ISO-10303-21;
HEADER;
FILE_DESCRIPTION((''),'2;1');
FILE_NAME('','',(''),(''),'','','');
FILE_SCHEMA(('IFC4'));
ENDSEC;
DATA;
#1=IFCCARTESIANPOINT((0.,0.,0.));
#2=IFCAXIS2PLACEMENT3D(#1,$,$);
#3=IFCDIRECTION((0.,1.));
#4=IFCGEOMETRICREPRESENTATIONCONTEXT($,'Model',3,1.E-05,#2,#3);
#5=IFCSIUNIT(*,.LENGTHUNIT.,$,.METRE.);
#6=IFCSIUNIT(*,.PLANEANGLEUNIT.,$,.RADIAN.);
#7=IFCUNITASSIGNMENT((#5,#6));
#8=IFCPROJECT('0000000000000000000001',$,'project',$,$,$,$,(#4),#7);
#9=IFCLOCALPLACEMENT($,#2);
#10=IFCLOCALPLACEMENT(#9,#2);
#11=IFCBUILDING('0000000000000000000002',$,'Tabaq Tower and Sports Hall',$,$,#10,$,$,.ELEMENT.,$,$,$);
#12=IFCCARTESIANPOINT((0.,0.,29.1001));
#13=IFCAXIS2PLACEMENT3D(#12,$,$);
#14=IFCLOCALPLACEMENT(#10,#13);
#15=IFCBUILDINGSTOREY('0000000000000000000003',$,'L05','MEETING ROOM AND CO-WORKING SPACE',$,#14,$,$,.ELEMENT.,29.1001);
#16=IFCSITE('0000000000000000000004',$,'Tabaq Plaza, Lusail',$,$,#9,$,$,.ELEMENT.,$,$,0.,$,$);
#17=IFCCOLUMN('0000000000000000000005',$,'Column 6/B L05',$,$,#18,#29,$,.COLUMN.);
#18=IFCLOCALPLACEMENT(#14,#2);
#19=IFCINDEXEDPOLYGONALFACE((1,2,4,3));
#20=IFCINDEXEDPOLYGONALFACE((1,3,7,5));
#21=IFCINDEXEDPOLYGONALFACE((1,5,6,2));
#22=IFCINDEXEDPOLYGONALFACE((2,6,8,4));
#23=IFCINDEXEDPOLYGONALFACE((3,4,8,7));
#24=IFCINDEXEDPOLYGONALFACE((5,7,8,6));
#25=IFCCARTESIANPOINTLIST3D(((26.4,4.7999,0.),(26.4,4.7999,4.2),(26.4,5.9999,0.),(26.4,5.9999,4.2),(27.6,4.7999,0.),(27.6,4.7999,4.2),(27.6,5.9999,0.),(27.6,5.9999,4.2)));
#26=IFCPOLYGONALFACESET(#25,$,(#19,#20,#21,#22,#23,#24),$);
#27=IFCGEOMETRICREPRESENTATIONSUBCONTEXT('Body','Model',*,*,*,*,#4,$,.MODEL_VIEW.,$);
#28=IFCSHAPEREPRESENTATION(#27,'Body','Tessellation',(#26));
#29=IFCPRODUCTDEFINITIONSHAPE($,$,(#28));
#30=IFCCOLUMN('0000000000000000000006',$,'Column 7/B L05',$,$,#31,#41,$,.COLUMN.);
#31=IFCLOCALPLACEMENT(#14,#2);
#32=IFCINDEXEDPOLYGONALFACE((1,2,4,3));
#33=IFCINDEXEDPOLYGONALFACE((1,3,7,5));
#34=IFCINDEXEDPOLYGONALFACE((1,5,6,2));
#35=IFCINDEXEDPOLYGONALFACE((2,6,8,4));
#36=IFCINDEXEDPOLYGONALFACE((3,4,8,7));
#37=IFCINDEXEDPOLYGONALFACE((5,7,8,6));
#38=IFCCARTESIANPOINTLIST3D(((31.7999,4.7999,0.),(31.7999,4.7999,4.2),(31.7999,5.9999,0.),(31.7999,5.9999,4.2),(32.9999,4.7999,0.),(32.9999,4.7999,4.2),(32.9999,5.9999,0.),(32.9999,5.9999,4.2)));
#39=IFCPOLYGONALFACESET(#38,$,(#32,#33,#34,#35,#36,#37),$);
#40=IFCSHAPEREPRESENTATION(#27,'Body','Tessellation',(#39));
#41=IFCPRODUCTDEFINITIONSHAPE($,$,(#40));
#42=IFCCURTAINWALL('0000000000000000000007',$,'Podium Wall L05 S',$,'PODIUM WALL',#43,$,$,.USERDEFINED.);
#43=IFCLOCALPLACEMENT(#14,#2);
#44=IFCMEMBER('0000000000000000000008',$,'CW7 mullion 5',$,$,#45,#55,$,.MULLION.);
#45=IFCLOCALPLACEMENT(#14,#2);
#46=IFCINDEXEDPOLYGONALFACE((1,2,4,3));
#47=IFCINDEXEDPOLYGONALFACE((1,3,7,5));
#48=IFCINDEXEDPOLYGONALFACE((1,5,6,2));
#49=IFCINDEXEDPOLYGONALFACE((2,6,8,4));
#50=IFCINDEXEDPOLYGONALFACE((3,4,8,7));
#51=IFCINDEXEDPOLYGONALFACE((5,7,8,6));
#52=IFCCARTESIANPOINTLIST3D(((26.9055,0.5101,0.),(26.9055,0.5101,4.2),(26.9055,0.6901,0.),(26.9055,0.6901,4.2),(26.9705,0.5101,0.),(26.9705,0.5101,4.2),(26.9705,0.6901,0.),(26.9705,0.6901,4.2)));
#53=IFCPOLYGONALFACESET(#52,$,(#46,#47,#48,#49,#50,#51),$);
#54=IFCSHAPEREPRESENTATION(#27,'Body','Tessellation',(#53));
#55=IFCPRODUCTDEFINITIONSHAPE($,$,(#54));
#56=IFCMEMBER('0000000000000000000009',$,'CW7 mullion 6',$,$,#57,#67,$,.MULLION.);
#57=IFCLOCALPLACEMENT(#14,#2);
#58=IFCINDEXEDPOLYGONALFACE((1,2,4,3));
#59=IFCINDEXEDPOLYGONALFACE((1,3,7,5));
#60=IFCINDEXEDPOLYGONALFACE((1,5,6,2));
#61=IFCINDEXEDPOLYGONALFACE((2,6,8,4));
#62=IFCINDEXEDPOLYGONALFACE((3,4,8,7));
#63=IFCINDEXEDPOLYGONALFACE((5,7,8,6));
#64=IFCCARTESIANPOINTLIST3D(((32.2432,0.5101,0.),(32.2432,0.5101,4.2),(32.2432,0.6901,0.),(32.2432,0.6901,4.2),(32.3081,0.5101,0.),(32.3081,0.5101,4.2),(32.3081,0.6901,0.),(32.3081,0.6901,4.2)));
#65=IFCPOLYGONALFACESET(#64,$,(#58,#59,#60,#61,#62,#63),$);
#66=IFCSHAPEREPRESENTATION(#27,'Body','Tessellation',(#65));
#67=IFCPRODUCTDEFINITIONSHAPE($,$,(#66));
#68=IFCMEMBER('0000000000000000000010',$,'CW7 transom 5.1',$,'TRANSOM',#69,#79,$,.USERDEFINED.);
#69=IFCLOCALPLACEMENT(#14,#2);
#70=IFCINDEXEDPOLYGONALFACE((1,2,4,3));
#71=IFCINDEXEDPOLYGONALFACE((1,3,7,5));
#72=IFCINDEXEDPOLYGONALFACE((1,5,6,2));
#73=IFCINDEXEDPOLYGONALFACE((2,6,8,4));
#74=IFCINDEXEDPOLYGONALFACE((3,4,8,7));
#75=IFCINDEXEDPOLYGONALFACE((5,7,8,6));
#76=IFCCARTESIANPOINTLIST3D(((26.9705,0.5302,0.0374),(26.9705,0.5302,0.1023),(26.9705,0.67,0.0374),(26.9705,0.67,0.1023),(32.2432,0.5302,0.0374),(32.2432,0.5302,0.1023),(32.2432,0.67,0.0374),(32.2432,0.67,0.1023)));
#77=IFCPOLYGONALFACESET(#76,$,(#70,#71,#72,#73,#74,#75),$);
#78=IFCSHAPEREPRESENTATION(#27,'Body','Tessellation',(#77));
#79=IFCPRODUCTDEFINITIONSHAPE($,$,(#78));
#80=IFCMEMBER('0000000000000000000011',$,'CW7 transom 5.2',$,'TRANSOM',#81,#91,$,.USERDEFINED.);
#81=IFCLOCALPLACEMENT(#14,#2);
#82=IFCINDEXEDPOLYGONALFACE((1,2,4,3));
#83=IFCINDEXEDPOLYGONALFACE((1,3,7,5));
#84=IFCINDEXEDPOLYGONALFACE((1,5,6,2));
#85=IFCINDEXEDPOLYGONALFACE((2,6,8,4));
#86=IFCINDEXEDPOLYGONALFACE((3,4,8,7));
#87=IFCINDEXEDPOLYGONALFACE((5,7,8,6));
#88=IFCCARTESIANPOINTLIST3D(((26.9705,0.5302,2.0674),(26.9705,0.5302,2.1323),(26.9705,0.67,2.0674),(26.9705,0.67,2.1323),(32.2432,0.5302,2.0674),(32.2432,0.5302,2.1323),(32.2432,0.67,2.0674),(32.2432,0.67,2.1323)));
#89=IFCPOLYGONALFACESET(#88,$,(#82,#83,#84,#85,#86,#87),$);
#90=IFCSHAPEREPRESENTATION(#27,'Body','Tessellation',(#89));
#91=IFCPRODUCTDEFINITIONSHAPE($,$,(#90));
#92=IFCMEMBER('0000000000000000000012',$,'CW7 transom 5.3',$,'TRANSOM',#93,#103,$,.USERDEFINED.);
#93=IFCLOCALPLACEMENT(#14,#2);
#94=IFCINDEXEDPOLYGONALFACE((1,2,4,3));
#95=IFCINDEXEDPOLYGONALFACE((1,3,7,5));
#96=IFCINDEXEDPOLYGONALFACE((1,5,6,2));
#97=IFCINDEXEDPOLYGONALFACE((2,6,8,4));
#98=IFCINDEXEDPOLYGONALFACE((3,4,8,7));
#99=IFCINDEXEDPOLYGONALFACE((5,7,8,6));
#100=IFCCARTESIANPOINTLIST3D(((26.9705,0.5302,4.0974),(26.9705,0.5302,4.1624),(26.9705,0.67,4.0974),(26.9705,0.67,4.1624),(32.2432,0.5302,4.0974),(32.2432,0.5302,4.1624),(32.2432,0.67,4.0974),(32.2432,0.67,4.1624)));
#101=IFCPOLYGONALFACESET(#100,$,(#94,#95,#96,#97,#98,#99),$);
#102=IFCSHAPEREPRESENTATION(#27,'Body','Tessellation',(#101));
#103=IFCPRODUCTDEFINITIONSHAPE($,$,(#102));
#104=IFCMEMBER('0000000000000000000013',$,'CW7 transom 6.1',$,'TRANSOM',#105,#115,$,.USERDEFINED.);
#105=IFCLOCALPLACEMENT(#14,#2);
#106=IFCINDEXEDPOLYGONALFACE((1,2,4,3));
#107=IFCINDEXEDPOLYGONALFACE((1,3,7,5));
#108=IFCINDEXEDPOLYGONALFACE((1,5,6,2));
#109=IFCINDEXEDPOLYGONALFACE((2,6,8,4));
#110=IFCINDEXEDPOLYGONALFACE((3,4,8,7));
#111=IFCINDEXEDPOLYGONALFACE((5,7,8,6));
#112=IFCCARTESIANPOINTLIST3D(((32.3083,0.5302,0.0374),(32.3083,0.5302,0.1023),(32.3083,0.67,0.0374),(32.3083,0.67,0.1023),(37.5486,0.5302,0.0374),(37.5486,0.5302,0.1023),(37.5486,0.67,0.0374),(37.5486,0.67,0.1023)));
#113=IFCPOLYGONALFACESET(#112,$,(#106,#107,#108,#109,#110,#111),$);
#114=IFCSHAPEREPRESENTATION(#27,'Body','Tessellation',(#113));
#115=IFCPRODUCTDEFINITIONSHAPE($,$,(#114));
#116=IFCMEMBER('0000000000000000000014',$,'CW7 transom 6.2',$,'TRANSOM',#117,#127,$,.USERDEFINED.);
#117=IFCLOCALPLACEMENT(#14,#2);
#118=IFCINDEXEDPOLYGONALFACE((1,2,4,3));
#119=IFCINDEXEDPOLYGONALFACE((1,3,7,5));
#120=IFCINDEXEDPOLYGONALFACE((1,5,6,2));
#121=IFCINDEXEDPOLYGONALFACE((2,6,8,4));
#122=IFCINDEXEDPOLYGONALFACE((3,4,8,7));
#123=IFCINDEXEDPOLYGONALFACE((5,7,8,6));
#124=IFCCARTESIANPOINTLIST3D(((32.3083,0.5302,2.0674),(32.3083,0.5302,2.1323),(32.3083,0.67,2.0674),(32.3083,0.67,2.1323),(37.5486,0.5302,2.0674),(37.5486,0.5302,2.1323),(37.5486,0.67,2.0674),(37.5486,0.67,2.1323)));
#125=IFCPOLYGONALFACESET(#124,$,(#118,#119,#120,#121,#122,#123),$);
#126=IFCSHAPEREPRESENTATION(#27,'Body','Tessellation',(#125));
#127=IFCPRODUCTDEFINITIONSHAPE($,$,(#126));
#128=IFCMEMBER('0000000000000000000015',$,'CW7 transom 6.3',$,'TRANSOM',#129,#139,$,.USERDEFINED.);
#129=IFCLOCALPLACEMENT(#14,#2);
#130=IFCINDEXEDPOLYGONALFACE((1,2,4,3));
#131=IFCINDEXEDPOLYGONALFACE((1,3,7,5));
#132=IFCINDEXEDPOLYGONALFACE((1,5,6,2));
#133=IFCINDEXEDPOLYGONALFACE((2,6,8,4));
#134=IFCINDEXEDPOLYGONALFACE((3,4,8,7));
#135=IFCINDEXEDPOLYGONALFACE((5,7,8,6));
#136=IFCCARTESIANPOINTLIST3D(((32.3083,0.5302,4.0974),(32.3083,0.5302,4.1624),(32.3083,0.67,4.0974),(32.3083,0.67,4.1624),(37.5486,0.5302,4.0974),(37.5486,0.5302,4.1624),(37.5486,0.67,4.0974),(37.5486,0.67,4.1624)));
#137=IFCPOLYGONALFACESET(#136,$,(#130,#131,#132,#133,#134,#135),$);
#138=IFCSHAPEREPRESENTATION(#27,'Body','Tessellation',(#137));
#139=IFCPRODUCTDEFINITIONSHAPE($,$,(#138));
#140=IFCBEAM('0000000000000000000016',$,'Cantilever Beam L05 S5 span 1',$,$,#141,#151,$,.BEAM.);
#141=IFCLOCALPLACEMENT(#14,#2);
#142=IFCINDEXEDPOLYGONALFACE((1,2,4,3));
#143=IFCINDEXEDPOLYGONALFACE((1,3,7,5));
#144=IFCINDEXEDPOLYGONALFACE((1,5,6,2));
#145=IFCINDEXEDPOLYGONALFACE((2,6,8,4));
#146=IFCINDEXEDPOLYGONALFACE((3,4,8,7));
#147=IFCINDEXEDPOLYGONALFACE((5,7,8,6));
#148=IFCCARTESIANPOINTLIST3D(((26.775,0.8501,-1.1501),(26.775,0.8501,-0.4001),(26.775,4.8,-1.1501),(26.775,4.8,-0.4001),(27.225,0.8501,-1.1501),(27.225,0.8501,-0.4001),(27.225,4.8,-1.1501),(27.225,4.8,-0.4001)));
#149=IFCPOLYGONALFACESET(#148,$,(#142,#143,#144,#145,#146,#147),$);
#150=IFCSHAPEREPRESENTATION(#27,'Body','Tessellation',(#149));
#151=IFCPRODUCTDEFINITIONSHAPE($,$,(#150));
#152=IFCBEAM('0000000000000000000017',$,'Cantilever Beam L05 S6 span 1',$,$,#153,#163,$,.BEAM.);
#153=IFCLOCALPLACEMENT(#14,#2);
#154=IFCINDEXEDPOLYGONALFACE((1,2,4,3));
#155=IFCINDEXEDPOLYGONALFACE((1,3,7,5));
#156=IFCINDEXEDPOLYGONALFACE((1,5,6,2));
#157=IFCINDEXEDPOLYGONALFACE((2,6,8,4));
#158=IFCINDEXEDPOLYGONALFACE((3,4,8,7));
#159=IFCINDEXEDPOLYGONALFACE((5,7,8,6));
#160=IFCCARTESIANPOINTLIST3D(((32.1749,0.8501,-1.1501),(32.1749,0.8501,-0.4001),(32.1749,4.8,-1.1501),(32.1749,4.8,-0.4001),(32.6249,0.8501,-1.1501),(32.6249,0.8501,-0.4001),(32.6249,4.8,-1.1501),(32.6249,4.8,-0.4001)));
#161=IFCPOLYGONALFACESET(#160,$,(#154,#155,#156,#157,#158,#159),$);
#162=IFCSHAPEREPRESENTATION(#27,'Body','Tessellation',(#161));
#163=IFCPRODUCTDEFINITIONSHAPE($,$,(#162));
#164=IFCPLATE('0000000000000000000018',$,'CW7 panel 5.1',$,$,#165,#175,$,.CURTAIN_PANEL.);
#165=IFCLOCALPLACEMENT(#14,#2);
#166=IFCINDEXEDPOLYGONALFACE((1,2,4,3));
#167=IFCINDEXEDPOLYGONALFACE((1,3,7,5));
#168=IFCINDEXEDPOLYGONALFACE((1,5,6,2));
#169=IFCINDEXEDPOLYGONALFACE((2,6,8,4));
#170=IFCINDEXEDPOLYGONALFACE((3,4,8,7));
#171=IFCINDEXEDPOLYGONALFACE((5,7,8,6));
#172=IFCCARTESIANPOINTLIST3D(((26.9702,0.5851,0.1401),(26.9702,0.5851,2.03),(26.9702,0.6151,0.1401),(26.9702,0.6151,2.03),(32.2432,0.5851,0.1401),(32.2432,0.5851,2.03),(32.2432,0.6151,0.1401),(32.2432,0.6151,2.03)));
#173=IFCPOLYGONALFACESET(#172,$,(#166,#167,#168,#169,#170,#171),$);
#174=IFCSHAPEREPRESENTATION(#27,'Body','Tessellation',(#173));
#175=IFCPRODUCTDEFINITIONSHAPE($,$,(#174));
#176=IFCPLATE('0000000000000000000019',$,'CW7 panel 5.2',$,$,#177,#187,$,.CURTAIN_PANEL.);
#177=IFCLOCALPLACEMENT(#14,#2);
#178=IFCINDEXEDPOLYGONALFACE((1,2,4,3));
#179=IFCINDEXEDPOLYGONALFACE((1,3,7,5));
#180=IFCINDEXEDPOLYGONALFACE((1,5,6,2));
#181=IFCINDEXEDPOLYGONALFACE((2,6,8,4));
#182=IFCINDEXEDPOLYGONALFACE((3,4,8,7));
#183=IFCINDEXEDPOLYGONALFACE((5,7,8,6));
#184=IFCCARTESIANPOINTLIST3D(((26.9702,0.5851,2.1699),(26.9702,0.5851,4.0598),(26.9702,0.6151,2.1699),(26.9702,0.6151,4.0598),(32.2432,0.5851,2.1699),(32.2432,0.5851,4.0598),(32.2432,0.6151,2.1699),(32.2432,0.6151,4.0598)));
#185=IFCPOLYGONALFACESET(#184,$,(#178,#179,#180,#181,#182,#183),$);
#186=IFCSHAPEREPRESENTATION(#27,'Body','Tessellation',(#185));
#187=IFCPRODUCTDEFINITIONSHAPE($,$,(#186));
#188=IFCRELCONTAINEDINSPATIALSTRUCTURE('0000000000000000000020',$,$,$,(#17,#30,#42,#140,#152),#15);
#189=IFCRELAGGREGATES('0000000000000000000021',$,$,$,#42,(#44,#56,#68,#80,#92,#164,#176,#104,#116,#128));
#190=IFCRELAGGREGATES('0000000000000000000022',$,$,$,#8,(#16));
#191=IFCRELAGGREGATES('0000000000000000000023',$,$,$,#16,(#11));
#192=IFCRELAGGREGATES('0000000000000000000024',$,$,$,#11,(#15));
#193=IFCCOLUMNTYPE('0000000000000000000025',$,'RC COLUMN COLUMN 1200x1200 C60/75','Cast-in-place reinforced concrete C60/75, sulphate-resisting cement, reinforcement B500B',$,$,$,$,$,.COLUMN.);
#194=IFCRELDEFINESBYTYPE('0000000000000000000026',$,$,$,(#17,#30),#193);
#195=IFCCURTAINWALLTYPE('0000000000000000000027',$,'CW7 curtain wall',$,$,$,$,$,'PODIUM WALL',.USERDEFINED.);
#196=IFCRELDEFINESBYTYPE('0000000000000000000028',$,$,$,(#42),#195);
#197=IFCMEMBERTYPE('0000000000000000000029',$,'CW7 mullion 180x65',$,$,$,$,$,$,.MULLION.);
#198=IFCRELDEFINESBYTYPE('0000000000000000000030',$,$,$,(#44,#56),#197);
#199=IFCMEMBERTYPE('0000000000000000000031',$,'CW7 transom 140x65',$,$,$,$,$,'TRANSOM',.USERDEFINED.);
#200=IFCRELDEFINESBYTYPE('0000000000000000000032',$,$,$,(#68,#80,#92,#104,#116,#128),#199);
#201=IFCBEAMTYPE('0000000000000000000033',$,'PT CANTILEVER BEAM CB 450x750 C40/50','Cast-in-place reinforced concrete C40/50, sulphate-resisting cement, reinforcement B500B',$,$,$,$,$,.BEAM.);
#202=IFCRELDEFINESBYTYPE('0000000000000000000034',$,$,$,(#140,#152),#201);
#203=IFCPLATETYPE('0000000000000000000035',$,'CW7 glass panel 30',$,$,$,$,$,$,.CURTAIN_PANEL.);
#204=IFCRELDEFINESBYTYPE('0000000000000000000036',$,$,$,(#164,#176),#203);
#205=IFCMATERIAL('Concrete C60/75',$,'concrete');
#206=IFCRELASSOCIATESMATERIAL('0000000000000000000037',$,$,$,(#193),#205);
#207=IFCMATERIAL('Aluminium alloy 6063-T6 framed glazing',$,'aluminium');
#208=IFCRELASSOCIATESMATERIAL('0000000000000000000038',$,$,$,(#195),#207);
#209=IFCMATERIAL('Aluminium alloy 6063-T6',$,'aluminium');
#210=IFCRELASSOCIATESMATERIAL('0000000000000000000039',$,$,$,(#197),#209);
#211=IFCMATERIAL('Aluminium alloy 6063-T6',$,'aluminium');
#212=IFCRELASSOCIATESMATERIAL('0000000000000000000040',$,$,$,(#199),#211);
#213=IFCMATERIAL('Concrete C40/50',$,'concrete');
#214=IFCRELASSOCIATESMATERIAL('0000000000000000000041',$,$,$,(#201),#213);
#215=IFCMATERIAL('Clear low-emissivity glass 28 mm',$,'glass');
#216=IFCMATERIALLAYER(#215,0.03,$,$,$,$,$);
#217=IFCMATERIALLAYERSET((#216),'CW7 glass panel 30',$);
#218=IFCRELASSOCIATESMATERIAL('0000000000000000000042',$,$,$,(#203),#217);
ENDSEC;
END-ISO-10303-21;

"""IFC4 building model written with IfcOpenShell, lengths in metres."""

from ifc_helpers import new_model, si_unit, direction, frame, origin, origin_2d, place, context, subcontext, project, spatial, rectangle, extrude, material, layer, layer_set, material_profile, profile_set, type_object, element, aggregate, save


model = new_model("IFC4")

# Units and contexts
model_context = context("Model", 3, precision=1e-05, world=origin(), true_north=direction((0.0, 1.0)))
body_context = subcontext(model_context, "Body", "Model", "MODEL_VIEW")
ifc_project = project(units=[si_unit("LENGTHUNIT", "METRE"), si_unit("PLANEANGLEUNIT", "RADIAN")], contexts=[model_context])

# Site, building, storey
site_placement = place(None, origin())
site = spatial("IfcSite", under=ifc_project, at=site_placement, Name="Tabaq Plaza, Lusail", CompositionType="ELEMENT", RefElevation=0.0)
building_placement = place(site_placement, origin())
building = spatial("IfcBuilding", under=site, at=building_placement, Name="Tabaq Tower and Sports Hall", CompositionType="ELEMENT")
storey_placement = place(building_placement, frame((0.0, 0.0, 29.1001)))
storey = spatial("IfcBuildingStorey", under=building, at=storey_placement, Name="L05", Description="MEETING ROOM AND CO-WORKING SPACE", CompositionType="ELEMENT", Elevation=29.1001)

# Columns
ifc_material_1 = material(Name="Concrete C60/75", Category="concrete")
ifc_material_profile_1 = material_profile(ifc_material_1, rectangle(XDim=1.2, YDim=1.2, at=origin_2d()), Name="COLUMN 1200x1200")
ifc_profile_set_1 = profile_set([ifc_material_profile_1], Name="Concrete C60/75")
column_type = type_object("IfcColumnType", Name="RC COLUMN COLUMN 1200x1200 C60/75", Description="Cast-in-place reinforced concrete C60/75, sulphate-resisting cement, reinforcement B500B", PredefinedType="COLUMN", material=ifc_profile_set_1)
for number, where, z_axis, x_axis, name in (
    (1, (27.0, 5.3999, 0.0), (0.0, 0.0, 1.0), (1.0, 0.0, 0.0), "Column 6/B L05"),
    (2, (32.3999, 5.3999, 0.0), (0.0, 0.0, 1.0), (1.0, 0.0, 0.0), "Column 7/B L05"),
):
    element("IfcColumn", number, at=place(storey_placement, frame(where, z_axis=z_axis, x_axis=x_axis)), inside=storey, type_object=column_type, Name=name, PredefinedType="COLUMN", context=body_context, shape_type="SweptSolid", body=[
        extrude(rectangle(XDim=1.2, YDim=1.2, at=origin_2d()), origin(), (0.0, 0.0, 1.0), 4.2),
    ])

# Curtain wall, members
ifc_material_2 = material(Name="Aluminium alloy 6063-T6 framed glazing", Category="aluminium")
curtain_wall_type = type_object("IfcCurtainWallType", Name="CW7 curtain wall", ElementType="PODIUM WALL", PredefinedType="USERDEFINED", material=ifc_material_2)
curtain_wall_placement = place(storey_placement, origin())
curtain_wall = element("IfcCurtainWall", 3, at=curtain_wall_placement, inside=storey, type_object=curtain_wall_type, Name="Podium Wall L05 S", ObjectType="PODIUM WALL", PredefinedType="USERDEFINED")
ifc_material_3 = material(Name="Aluminium alloy 6063-T6", Category="aluminium")
ifc_material_profile_2 = material_profile(ifc_material_3, rectangle(XDim=0.1799, YDim=0.0649, at=origin_2d()), Name="MULLION 180x65")
ifc_profile_set_2 = profile_set([ifc_material_profile_2], Name="Aluminium alloy 6063-T6")
member_type_1 = type_object("IfcMemberType", Name="CW7 mullion 180x65", PredefinedType="MULLION", material=ifc_profile_set_2)
member_1_placement = place(storey_placement, frame((26.938, 0.6001, 0.0), z_axis=(0.0, 0.0, 1.0), x_axis=(0.0, 1.0, 0.0)))
member_1 = element("IfcMember", 4, at=member_1_placement, type_object=member_type_1, Name="CW7 mullion 5", PredefinedType="MULLION", context=body_context, shape_type="SweptSolid", body=[
    extrude(rectangle(XDim=0.1799, YDim=0.0649, at=origin_2d()), origin(), (0.0, 0.0, 1.0), 4.2),
])
member_2_placement = place(storey_placement, frame((32.2756, 0.6001, 0.0), z_axis=(0.0, 0.0, 1.0), x_axis=(0.0, 1.0, 0.0)))
member_2 = element("IfcMember", 5, at=member_2_placement, type_object=member_type_1, Name="CW7 mullion 6", PredefinedType="MULLION", context=body_context, shape_type="SweptSolid", body=[
    extrude(rectangle(XDim=0.1799, YDim=0.0649, at=origin_2d()), origin(), (0.0, 0.0, 1.0), 4.2),
])
ifc_material_4 = material(Name="Aluminium alloy 6063-T6", Category="aluminium")
ifc_material_profile_3 = material_profile(ifc_material_4, rectangle(XDim=0.1399, YDim=0.0649, at=origin_2d()), Name="TRANSOM 140x65")
ifc_profile_set_3 = profile_set([ifc_material_profile_3], Name="Aluminium alloy 6063-T6")
member_type_2 = type_object("IfcMemberType", Name="CW7 transom 140x65", ElementType="TRANSOM", PredefinedType="USERDEFINED", material=ifc_profile_set_3)
member_3_placement = place(storey_placement, frame((26.9705, 0.6001, 0.0698), z_axis=(1.0, 0.0, 0.0), x_axis=(0.0, 1.0, 0.0)))
member_3 = element("IfcMember", 6, at=member_3_placement, type_object=member_type_2, Name="CW7 transom 5.1", ObjectType="TRANSOM", PredefinedType="USERDEFINED", context=body_context, shape_type="SweptSolid", body=[
    extrude(rectangle(XDim=0.1399, YDim=0.0649, at=origin_2d()), origin(), (0.0, 0.0, 1.0), 5.2727),
])
member_4_placement = place(storey_placement, frame((26.9705, 0.6001, 2.0999), z_axis=(1.0, 0.0, 0.0), x_axis=(0.0, 1.0, 0.0)))
member_4 = element("IfcMember", 7, at=member_4_placement, type_object=member_type_2, Name="CW7 transom 5.2", ObjectType="TRANSOM", PredefinedType="USERDEFINED", context=body_context, shape_type="SweptSolid", body=[
    extrude(rectangle(XDim=0.1399, YDim=0.0649, at=origin_2d()), origin(), (0.0, 0.0, 1.0), 5.2727),
])
member_5_placement = place(storey_placement, frame((26.9705, 0.6001, 4.1299), z_axis=(1.0, 0.0, 0.0), x_axis=(0.0, 1.0, 0.0)))
member_5 = element("IfcMember", 8, at=member_5_placement, type_object=member_type_2, Name="CW7 transom 5.3", ObjectType="TRANSOM", PredefinedType="USERDEFINED", context=body_context, shape_type="SweptSolid", body=[
    extrude(rectangle(XDim=0.1399, YDim=0.0649, at=origin_2d()), origin(), (0.0, 0.0, 1.0), 5.2727),
])
member_6_placement = place(storey_placement, frame((32.3083, 0.6001, 0.0698), z_axis=(1.0, 0.0, 0.0), x_axis=(0.0, 1.0, 0.0)))
member_6 = element("IfcMember", 9, at=member_6_placement, type_object=member_type_2, Name="CW7 transom 6.1", ObjectType="TRANSOM", PredefinedType="USERDEFINED", context=body_context, shape_type="SweptSolid", body=[
    extrude(rectangle(XDim=0.1399, YDim=0.0649, at=origin_2d()), origin(), (0.0, 0.0, 1.0), 5.2402),
])
member_7_placement = place(storey_placement, frame((32.3083, 0.6001, 2.0999), z_axis=(1.0, 0.0, 0.0), x_axis=(0.0, 1.0, 0.0)))
member_7 = element("IfcMember", 10, at=member_7_placement, type_object=member_type_2, Name="CW7 transom 6.2", ObjectType="TRANSOM", PredefinedType="USERDEFINED", context=body_context, shape_type="SweptSolid", body=[
    extrude(rectangle(XDim=0.1399, YDim=0.0649, at=origin_2d()), origin(), (0.0, 0.0, 1.0), 5.2402),
])
member_8_placement = place(storey_placement, frame((32.3083, 0.6001, 4.1299), z_axis=(1.0, 0.0, 0.0), x_axis=(0.0, 1.0, 0.0)))
member_8 = element("IfcMember", 11, at=member_8_placement, type_object=member_type_2, Name="CW7 transom 6.3", ObjectType="TRANSOM", PredefinedType="USERDEFINED", context=body_context, shape_type="SweptSolid", body=[
    extrude(rectangle(XDim=0.1399, YDim=0.0649, at=origin_2d()), origin(), (0.0, 0.0, 1.0), 5.2402),
])

# Beams
ifc_material_5 = material(Name="Concrete C40/50", Category="concrete")
ifc_material_profile_4 = material_profile(ifc_material_5, rectangle(XDim=0.45, YDim=0.75, at=origin_2d()), Name="CB 450x750")
ifc_profile_set_4 = profile_set([ifc_material_profile_4], Name="Concrete C40/50")
beam_type = type_object("IfcBeamType", Name="PT CANTILEVER BEAM CB 450x750 C40/50", Description="Cast-in-place reinforced concrete C40/50, sulphate-resisting cement, reinforcement B500B", PredefinedType="BEAM", material=ifc_profile_set_4)
for number, where, z_axis, x_axis, name in (
    (12, (27.0, 0.8501, -0.7751), (0.0, 1.0, 0.0), (-1.0, 0.0, 0.0), "Cantilever Beam L05 S5 span 1"),
    (13, (32.3999, 0.8501, -0.7751), (0.0, 1.0, 0.0), (-1.0, 0.0, 0.0), "Cantilever Beam L05 S6 span 1"),
):
    element("IfcBeam", number, at=place(storey_placement, frame(where, z_axis=z_axis, x_axis=x_axis)), inside=storey, type_object=beam_type, Name=name, PredefinedType="BEAM", context=body_context, shape_type="SweptSolid", body=[
        extrude(rectangle(XDim=0.45, YDim=0.75, at=origin_2d()), origin(), (0.0, 0.0, 1.0), 3.95),
    ])

# Plates
ifc_material_6 = material(Name="Clear low-emissivity glass 28 mm", Category="glass")
ifc_layer_1 = layer(ifc_material_6, 0.03)
ifc_layer_set_1 = layer_set([ifc_layer_1], Name="CW7 glass panel 30")
plate_type = type_object("IfcPlateType", Name="CW7 glass panel 30", PredefinedType="CURTAIN_PANEL", material=ifc_layer_set_1)
plate_1_placement = place(storey_placement, frame((29.6067, 0.6001, 0.1401), z_axis=(0.0, 0.0, 1.0), x_axis=(1.0, 0.0, 0.0)))
plate_1 = element("IfcPlate", 14, at=plate_1_placement, type_object=plate_type, Name="CW7 panel 5.1", PredefinedType="CURTAIN_PANEL", context=body_context, shape_type="SweptSolid", body=[
    extrude(rectangle(XDim=5.2729, YDim=0.03, at=origin_2d()), origin(), (0.0, 0.0, 1.0), 1.8899),
])
plate_2_placement = place(storey_placement, frame((29.6067, 0.6001, 2.1699), z_axis=(0.0, 0.0, 1.0), x_axis=(1.0, 0.0, 0.0)))
plate_2 = element("IfcPlate", 15, at=plate_2_placement, type_object=plate_type, Name="CW7 panel 5.2", PredefinedType="CURTAIN_PANEL", context=body_context, shape_type="SweptSolid", body=[
    extrude(rectangle(XDim=5.2729, YDim=0.03, at=origin_2d()), origin(), (0.0, 0.0, 1.0), 1.8899),
])
aggregate(curtain_wall, [member_1, member_2, member_3, member_4, member_5, plate_1, plate_2, member_6, member_7, member_8])

save(model, "model.ifc")
